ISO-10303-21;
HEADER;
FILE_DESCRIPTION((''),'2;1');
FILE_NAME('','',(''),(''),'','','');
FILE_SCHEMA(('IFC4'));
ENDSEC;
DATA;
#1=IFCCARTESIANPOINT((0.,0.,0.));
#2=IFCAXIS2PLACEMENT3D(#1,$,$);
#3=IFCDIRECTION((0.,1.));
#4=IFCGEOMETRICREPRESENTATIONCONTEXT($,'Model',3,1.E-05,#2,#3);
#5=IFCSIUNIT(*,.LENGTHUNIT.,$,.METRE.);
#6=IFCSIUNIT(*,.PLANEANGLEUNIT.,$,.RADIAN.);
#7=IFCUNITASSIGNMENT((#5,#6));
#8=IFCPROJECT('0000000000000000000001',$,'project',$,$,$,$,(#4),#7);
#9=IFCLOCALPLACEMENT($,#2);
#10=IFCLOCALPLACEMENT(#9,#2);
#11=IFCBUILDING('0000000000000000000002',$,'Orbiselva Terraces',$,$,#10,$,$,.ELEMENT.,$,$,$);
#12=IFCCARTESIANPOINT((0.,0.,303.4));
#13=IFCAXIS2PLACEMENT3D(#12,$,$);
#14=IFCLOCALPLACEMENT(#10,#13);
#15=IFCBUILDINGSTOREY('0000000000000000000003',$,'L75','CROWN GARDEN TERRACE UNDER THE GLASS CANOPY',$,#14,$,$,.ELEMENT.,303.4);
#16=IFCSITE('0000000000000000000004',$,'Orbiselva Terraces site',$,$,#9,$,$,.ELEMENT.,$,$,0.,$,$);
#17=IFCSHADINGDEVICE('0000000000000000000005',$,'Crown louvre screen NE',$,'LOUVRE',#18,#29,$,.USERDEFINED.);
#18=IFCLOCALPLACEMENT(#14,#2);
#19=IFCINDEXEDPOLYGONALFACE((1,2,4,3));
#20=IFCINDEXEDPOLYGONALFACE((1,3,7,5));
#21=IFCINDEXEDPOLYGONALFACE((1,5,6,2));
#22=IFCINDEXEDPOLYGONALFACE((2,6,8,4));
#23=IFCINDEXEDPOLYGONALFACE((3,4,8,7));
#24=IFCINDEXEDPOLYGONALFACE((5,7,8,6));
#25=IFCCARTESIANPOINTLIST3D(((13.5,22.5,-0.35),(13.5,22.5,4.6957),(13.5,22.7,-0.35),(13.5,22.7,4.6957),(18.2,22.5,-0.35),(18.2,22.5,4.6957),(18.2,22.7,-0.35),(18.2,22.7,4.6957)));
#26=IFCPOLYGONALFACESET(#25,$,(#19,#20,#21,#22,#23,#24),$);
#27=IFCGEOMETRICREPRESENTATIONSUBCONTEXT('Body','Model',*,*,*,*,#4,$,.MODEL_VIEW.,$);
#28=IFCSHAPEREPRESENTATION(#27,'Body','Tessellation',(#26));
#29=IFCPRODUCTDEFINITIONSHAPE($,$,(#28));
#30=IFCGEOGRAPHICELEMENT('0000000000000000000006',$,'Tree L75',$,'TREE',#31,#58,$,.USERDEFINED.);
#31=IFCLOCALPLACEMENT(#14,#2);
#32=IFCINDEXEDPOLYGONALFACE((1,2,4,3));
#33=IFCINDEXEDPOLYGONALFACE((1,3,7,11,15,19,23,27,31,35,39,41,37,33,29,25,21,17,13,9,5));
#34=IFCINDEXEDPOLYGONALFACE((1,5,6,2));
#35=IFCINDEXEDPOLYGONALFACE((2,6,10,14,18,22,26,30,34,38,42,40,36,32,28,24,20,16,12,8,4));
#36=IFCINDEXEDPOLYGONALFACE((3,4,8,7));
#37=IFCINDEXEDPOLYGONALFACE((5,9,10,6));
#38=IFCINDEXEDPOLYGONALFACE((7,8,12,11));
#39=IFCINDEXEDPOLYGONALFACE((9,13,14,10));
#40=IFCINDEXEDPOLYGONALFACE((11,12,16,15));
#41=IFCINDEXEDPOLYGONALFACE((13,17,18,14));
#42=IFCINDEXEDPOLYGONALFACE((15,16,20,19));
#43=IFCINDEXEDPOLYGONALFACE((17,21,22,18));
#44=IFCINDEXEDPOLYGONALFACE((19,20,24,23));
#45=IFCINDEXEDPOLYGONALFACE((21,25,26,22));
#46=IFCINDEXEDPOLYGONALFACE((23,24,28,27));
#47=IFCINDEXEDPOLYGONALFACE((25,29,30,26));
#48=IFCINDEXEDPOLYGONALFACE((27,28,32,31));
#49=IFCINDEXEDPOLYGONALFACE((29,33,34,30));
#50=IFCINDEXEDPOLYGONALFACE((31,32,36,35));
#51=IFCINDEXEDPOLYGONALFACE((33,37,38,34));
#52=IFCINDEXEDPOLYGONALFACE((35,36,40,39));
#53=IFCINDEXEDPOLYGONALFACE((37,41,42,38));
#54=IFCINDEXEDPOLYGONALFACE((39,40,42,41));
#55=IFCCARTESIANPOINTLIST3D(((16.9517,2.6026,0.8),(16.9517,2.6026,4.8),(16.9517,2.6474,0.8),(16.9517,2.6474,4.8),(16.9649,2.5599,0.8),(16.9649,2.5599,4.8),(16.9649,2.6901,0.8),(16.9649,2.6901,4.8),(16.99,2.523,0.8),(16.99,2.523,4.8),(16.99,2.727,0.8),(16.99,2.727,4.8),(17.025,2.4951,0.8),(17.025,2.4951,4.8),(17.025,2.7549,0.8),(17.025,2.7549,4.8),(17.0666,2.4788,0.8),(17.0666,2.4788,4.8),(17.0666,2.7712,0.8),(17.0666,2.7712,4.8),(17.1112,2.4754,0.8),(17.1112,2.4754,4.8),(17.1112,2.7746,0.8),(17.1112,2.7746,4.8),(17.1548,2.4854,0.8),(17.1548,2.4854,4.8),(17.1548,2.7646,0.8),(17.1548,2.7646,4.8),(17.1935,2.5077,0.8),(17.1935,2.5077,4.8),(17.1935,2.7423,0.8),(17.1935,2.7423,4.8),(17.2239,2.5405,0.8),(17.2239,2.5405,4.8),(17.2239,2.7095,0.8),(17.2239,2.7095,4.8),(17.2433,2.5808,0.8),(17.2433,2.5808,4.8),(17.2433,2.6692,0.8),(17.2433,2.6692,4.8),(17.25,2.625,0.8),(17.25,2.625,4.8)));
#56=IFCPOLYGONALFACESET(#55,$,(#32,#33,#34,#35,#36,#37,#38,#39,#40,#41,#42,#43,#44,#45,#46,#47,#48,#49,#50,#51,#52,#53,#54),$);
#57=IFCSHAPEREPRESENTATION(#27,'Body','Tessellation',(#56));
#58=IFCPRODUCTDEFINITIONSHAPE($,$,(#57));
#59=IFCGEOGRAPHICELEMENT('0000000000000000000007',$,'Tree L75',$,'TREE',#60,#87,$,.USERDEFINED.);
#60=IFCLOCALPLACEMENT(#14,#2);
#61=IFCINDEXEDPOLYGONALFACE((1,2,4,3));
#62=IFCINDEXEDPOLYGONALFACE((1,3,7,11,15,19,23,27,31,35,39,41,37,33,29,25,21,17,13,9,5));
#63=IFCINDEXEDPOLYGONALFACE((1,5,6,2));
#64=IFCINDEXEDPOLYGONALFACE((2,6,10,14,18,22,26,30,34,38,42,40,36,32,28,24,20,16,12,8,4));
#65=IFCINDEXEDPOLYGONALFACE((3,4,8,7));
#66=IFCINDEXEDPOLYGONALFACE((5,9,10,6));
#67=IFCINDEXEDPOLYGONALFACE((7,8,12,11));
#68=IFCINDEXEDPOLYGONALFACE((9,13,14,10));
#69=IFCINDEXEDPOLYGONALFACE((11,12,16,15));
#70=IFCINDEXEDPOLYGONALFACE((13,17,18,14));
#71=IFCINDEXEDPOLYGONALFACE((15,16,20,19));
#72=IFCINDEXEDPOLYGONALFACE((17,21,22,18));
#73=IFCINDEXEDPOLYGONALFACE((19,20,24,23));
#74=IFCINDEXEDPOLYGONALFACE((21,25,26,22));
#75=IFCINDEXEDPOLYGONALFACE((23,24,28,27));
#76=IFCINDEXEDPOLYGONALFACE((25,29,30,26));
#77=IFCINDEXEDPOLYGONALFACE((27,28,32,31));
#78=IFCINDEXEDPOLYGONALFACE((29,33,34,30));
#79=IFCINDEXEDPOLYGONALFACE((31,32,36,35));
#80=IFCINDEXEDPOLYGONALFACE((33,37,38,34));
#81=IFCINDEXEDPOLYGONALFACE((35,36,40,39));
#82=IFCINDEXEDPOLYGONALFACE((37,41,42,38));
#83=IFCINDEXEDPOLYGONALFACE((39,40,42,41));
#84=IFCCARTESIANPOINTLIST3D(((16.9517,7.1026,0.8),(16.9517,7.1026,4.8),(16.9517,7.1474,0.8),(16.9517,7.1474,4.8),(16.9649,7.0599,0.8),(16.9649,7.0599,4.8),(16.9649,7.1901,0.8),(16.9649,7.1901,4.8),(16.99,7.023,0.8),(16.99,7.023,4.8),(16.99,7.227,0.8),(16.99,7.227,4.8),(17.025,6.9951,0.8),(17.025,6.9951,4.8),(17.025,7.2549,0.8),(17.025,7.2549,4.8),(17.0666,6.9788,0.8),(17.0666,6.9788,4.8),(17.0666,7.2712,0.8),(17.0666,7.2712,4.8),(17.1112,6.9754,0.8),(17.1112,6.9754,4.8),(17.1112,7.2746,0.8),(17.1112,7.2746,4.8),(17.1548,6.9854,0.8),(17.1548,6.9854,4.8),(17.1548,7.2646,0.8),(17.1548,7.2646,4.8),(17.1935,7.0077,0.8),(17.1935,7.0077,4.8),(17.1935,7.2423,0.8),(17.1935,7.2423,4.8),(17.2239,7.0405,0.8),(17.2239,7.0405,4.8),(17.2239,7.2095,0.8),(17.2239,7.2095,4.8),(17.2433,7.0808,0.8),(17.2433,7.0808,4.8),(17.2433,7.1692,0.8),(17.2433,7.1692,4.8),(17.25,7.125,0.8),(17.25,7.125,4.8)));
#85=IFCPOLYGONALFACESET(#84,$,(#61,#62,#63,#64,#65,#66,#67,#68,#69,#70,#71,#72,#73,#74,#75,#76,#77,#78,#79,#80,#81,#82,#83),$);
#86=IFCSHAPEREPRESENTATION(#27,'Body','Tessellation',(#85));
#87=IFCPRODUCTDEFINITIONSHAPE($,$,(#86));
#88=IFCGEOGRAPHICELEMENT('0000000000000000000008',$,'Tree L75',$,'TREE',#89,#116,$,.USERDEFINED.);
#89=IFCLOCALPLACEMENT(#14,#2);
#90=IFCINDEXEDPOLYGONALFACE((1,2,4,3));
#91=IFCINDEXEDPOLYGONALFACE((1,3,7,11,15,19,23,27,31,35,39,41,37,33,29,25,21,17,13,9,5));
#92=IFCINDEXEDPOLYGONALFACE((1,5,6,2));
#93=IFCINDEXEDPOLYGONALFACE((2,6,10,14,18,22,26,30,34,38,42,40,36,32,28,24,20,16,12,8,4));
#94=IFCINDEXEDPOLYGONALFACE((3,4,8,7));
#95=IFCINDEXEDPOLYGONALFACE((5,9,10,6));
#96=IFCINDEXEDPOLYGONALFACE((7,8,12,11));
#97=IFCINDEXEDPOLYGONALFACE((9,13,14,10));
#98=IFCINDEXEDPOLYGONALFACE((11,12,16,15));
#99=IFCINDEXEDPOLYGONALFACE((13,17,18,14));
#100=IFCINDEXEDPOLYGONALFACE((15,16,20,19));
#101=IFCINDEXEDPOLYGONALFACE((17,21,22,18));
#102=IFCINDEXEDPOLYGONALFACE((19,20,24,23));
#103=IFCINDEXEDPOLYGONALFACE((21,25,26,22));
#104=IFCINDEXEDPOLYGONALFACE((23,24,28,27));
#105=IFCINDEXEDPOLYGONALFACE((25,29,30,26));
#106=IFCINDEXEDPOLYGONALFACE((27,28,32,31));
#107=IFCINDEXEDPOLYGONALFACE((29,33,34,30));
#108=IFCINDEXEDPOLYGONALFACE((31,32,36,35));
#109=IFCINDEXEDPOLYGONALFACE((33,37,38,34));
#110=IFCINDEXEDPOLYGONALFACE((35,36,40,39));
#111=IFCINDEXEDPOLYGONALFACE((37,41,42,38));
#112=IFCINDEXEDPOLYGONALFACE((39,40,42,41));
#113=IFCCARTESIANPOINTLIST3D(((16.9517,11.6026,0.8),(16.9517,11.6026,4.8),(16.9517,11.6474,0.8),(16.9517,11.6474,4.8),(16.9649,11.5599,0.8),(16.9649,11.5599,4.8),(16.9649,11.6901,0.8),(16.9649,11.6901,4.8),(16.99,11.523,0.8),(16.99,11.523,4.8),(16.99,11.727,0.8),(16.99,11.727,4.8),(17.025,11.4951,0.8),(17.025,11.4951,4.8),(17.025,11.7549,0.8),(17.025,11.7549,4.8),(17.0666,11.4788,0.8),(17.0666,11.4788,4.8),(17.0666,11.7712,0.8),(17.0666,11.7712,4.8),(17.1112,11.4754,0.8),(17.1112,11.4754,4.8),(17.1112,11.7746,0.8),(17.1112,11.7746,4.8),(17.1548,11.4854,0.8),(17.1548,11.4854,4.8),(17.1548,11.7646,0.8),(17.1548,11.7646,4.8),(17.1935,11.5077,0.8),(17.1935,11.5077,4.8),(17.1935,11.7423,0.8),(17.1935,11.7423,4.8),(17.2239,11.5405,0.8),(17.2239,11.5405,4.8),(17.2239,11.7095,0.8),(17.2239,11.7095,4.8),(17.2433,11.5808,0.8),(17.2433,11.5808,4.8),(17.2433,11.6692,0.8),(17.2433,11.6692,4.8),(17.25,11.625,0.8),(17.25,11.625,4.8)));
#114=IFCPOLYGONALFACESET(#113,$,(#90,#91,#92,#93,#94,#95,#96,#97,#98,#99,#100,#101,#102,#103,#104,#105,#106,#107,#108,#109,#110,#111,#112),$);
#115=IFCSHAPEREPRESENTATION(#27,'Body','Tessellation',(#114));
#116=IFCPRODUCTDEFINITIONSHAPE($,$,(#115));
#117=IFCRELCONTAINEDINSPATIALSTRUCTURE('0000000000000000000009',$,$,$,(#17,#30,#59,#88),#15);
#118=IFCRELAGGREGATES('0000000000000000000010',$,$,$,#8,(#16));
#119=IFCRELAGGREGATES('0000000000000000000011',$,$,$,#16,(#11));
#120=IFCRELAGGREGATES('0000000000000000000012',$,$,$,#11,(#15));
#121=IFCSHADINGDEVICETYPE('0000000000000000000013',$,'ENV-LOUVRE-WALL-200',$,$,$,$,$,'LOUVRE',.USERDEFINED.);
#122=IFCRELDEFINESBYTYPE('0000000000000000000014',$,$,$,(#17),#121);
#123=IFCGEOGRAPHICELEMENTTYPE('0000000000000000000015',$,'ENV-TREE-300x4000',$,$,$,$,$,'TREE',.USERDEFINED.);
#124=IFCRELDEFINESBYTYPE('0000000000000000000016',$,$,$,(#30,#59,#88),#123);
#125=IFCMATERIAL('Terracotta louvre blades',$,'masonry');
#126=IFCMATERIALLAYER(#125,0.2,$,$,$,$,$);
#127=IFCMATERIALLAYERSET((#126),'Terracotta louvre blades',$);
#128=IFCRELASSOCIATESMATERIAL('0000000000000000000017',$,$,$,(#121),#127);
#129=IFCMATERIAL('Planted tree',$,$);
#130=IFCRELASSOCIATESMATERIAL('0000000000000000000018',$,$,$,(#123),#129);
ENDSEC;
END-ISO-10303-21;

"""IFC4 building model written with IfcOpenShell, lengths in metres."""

from ifc_helpers import new_model, si_unit, direction, frame, origin, origin_2d, place, context, subcontext, project, spatial, polyline, circle, outline, extrude, material, layer, layer_set, type_object, element, save


model = new_model("IFC4")

# Units and contexts
model_context = context("Model", 3, precision=1e-05, world=origin(), true_north=direction((0.0, 1.0)))
body_context = subcontext(model_context, "Body", "Model", "MODEL_VIEW")
ifc_project = project(units=[si_unit("LENGTHUNIT", "METRE"), si_unit("PLANEANGLEUNIT", "RADIAN")], contexts=[model_context])

# Site, building, storey
site_placement = place(None, origin())
site = spatial("IfcSite", under=ifc_project, at=site_placement, Name="Orbiselva Terraces site", CompositionType="ELEMENT", RefElevation=0.0)
building_placement = place(site_placement, origin())
building = spatial("IfcBuilding", under=site, at=building_placement, Name="Orbiselva Terraces", CompositionType="ELEMENT")
storey_placement = place(building_placement, frame((0.0, 0.0, 303.4)))
storey = spatial("IfcBuildingStorey", under=building, at=storey_placement, Name="L75", Description="CROWN GARDEN TERRACE UNDER THE GLASS CANOPY", CompositionType="ELEMENT", Elevation=303.4)

# Shading device
ifc_material_1 = material(Name="Terracotta louvre blades", Category="masonry")
ifc_layer_1 = layer(ifc_material_1, 0.2)
ifc_layer_set_1 = layer_set([ifc_layer_1], Name="Terracotta louvre blades")
shading_device_type = type_object("IfcShadingDeviceType", Name="ENV-LOUVRE-WALL-200", ElementType="LOUVRE", PredefinedType="USERDEFINED", material=ifc_layer_set_1)
shading_device_1_placement = place(storey_placement, frame((18.2, 22.6, -0.35), z_axis=(0.0, 0.0, 1.0), x_axis=(-1.0, 0.0, 0.0)))
element("IfcShadingDevice", 1, at=shading_device_1_placement, inside=storey, type_object=shading_device_type, Name="Crown louvre screen NE", ObjectType="LOUVRE", PredefinedType="USERDEFINED", context=body_context, shape_type="SweptSolid", body=[
    extrude(outline(polyline([(0.0, 0.0), (4.7, 0.0), (4.7, 5.0457), (0.0, 5.0457), (0.0, 0.0)])), frame((0.0, 0.1, 0.0), z_axis=(0.0, -1.0, 0.0), x_axis=(1.0, 0.0, 0.0)), (0.0, 0.0, 1.0), 0.2),
])

# Geographic elements
ifc_material_2 = material(Name="Planted tree")
geographic_element_type = type_object("IfcGeographicElementType", Name="ENV-TREE-300x4000", ElementType="TREE", PredefinedType="USERDEFINED", material=ifc_material_2)
for number, where, z_axis, x_axis, name in (
    (2, (17.1, 2.625, 4.8), (0.0, 0.0, -1.0), (1.0, 0.0, 0.0), "Tree L75"),
    (3, (17.1, 7.125, 4.8), (0.0, 0.0, -1.0), (1.0, 0.0, 0.0), "Tree L75"),
    (4, (17.1, 11.625, 4.8), (0.0, 0.0, -1.0), (1.0, 0.0, 0.0), "Tree L75"),
):
    element("IfcGeographicElement", number, at=place(storey_placement, frame(where, z_axis=z_axis, x_axis=x_axis)), inside=storey, type_object=geographic_element_type, Name=name, ObjectType="TREE", PredefinedType="USERDEFINED", context=body_context, shape_type="SweptSolid", body=[
        extrude(circle(Radius=0.15, at=origin_2d()), origin(), (0.0, 0.0, 1.0), 4.0),
    ])

save(model, "model.ifc")
